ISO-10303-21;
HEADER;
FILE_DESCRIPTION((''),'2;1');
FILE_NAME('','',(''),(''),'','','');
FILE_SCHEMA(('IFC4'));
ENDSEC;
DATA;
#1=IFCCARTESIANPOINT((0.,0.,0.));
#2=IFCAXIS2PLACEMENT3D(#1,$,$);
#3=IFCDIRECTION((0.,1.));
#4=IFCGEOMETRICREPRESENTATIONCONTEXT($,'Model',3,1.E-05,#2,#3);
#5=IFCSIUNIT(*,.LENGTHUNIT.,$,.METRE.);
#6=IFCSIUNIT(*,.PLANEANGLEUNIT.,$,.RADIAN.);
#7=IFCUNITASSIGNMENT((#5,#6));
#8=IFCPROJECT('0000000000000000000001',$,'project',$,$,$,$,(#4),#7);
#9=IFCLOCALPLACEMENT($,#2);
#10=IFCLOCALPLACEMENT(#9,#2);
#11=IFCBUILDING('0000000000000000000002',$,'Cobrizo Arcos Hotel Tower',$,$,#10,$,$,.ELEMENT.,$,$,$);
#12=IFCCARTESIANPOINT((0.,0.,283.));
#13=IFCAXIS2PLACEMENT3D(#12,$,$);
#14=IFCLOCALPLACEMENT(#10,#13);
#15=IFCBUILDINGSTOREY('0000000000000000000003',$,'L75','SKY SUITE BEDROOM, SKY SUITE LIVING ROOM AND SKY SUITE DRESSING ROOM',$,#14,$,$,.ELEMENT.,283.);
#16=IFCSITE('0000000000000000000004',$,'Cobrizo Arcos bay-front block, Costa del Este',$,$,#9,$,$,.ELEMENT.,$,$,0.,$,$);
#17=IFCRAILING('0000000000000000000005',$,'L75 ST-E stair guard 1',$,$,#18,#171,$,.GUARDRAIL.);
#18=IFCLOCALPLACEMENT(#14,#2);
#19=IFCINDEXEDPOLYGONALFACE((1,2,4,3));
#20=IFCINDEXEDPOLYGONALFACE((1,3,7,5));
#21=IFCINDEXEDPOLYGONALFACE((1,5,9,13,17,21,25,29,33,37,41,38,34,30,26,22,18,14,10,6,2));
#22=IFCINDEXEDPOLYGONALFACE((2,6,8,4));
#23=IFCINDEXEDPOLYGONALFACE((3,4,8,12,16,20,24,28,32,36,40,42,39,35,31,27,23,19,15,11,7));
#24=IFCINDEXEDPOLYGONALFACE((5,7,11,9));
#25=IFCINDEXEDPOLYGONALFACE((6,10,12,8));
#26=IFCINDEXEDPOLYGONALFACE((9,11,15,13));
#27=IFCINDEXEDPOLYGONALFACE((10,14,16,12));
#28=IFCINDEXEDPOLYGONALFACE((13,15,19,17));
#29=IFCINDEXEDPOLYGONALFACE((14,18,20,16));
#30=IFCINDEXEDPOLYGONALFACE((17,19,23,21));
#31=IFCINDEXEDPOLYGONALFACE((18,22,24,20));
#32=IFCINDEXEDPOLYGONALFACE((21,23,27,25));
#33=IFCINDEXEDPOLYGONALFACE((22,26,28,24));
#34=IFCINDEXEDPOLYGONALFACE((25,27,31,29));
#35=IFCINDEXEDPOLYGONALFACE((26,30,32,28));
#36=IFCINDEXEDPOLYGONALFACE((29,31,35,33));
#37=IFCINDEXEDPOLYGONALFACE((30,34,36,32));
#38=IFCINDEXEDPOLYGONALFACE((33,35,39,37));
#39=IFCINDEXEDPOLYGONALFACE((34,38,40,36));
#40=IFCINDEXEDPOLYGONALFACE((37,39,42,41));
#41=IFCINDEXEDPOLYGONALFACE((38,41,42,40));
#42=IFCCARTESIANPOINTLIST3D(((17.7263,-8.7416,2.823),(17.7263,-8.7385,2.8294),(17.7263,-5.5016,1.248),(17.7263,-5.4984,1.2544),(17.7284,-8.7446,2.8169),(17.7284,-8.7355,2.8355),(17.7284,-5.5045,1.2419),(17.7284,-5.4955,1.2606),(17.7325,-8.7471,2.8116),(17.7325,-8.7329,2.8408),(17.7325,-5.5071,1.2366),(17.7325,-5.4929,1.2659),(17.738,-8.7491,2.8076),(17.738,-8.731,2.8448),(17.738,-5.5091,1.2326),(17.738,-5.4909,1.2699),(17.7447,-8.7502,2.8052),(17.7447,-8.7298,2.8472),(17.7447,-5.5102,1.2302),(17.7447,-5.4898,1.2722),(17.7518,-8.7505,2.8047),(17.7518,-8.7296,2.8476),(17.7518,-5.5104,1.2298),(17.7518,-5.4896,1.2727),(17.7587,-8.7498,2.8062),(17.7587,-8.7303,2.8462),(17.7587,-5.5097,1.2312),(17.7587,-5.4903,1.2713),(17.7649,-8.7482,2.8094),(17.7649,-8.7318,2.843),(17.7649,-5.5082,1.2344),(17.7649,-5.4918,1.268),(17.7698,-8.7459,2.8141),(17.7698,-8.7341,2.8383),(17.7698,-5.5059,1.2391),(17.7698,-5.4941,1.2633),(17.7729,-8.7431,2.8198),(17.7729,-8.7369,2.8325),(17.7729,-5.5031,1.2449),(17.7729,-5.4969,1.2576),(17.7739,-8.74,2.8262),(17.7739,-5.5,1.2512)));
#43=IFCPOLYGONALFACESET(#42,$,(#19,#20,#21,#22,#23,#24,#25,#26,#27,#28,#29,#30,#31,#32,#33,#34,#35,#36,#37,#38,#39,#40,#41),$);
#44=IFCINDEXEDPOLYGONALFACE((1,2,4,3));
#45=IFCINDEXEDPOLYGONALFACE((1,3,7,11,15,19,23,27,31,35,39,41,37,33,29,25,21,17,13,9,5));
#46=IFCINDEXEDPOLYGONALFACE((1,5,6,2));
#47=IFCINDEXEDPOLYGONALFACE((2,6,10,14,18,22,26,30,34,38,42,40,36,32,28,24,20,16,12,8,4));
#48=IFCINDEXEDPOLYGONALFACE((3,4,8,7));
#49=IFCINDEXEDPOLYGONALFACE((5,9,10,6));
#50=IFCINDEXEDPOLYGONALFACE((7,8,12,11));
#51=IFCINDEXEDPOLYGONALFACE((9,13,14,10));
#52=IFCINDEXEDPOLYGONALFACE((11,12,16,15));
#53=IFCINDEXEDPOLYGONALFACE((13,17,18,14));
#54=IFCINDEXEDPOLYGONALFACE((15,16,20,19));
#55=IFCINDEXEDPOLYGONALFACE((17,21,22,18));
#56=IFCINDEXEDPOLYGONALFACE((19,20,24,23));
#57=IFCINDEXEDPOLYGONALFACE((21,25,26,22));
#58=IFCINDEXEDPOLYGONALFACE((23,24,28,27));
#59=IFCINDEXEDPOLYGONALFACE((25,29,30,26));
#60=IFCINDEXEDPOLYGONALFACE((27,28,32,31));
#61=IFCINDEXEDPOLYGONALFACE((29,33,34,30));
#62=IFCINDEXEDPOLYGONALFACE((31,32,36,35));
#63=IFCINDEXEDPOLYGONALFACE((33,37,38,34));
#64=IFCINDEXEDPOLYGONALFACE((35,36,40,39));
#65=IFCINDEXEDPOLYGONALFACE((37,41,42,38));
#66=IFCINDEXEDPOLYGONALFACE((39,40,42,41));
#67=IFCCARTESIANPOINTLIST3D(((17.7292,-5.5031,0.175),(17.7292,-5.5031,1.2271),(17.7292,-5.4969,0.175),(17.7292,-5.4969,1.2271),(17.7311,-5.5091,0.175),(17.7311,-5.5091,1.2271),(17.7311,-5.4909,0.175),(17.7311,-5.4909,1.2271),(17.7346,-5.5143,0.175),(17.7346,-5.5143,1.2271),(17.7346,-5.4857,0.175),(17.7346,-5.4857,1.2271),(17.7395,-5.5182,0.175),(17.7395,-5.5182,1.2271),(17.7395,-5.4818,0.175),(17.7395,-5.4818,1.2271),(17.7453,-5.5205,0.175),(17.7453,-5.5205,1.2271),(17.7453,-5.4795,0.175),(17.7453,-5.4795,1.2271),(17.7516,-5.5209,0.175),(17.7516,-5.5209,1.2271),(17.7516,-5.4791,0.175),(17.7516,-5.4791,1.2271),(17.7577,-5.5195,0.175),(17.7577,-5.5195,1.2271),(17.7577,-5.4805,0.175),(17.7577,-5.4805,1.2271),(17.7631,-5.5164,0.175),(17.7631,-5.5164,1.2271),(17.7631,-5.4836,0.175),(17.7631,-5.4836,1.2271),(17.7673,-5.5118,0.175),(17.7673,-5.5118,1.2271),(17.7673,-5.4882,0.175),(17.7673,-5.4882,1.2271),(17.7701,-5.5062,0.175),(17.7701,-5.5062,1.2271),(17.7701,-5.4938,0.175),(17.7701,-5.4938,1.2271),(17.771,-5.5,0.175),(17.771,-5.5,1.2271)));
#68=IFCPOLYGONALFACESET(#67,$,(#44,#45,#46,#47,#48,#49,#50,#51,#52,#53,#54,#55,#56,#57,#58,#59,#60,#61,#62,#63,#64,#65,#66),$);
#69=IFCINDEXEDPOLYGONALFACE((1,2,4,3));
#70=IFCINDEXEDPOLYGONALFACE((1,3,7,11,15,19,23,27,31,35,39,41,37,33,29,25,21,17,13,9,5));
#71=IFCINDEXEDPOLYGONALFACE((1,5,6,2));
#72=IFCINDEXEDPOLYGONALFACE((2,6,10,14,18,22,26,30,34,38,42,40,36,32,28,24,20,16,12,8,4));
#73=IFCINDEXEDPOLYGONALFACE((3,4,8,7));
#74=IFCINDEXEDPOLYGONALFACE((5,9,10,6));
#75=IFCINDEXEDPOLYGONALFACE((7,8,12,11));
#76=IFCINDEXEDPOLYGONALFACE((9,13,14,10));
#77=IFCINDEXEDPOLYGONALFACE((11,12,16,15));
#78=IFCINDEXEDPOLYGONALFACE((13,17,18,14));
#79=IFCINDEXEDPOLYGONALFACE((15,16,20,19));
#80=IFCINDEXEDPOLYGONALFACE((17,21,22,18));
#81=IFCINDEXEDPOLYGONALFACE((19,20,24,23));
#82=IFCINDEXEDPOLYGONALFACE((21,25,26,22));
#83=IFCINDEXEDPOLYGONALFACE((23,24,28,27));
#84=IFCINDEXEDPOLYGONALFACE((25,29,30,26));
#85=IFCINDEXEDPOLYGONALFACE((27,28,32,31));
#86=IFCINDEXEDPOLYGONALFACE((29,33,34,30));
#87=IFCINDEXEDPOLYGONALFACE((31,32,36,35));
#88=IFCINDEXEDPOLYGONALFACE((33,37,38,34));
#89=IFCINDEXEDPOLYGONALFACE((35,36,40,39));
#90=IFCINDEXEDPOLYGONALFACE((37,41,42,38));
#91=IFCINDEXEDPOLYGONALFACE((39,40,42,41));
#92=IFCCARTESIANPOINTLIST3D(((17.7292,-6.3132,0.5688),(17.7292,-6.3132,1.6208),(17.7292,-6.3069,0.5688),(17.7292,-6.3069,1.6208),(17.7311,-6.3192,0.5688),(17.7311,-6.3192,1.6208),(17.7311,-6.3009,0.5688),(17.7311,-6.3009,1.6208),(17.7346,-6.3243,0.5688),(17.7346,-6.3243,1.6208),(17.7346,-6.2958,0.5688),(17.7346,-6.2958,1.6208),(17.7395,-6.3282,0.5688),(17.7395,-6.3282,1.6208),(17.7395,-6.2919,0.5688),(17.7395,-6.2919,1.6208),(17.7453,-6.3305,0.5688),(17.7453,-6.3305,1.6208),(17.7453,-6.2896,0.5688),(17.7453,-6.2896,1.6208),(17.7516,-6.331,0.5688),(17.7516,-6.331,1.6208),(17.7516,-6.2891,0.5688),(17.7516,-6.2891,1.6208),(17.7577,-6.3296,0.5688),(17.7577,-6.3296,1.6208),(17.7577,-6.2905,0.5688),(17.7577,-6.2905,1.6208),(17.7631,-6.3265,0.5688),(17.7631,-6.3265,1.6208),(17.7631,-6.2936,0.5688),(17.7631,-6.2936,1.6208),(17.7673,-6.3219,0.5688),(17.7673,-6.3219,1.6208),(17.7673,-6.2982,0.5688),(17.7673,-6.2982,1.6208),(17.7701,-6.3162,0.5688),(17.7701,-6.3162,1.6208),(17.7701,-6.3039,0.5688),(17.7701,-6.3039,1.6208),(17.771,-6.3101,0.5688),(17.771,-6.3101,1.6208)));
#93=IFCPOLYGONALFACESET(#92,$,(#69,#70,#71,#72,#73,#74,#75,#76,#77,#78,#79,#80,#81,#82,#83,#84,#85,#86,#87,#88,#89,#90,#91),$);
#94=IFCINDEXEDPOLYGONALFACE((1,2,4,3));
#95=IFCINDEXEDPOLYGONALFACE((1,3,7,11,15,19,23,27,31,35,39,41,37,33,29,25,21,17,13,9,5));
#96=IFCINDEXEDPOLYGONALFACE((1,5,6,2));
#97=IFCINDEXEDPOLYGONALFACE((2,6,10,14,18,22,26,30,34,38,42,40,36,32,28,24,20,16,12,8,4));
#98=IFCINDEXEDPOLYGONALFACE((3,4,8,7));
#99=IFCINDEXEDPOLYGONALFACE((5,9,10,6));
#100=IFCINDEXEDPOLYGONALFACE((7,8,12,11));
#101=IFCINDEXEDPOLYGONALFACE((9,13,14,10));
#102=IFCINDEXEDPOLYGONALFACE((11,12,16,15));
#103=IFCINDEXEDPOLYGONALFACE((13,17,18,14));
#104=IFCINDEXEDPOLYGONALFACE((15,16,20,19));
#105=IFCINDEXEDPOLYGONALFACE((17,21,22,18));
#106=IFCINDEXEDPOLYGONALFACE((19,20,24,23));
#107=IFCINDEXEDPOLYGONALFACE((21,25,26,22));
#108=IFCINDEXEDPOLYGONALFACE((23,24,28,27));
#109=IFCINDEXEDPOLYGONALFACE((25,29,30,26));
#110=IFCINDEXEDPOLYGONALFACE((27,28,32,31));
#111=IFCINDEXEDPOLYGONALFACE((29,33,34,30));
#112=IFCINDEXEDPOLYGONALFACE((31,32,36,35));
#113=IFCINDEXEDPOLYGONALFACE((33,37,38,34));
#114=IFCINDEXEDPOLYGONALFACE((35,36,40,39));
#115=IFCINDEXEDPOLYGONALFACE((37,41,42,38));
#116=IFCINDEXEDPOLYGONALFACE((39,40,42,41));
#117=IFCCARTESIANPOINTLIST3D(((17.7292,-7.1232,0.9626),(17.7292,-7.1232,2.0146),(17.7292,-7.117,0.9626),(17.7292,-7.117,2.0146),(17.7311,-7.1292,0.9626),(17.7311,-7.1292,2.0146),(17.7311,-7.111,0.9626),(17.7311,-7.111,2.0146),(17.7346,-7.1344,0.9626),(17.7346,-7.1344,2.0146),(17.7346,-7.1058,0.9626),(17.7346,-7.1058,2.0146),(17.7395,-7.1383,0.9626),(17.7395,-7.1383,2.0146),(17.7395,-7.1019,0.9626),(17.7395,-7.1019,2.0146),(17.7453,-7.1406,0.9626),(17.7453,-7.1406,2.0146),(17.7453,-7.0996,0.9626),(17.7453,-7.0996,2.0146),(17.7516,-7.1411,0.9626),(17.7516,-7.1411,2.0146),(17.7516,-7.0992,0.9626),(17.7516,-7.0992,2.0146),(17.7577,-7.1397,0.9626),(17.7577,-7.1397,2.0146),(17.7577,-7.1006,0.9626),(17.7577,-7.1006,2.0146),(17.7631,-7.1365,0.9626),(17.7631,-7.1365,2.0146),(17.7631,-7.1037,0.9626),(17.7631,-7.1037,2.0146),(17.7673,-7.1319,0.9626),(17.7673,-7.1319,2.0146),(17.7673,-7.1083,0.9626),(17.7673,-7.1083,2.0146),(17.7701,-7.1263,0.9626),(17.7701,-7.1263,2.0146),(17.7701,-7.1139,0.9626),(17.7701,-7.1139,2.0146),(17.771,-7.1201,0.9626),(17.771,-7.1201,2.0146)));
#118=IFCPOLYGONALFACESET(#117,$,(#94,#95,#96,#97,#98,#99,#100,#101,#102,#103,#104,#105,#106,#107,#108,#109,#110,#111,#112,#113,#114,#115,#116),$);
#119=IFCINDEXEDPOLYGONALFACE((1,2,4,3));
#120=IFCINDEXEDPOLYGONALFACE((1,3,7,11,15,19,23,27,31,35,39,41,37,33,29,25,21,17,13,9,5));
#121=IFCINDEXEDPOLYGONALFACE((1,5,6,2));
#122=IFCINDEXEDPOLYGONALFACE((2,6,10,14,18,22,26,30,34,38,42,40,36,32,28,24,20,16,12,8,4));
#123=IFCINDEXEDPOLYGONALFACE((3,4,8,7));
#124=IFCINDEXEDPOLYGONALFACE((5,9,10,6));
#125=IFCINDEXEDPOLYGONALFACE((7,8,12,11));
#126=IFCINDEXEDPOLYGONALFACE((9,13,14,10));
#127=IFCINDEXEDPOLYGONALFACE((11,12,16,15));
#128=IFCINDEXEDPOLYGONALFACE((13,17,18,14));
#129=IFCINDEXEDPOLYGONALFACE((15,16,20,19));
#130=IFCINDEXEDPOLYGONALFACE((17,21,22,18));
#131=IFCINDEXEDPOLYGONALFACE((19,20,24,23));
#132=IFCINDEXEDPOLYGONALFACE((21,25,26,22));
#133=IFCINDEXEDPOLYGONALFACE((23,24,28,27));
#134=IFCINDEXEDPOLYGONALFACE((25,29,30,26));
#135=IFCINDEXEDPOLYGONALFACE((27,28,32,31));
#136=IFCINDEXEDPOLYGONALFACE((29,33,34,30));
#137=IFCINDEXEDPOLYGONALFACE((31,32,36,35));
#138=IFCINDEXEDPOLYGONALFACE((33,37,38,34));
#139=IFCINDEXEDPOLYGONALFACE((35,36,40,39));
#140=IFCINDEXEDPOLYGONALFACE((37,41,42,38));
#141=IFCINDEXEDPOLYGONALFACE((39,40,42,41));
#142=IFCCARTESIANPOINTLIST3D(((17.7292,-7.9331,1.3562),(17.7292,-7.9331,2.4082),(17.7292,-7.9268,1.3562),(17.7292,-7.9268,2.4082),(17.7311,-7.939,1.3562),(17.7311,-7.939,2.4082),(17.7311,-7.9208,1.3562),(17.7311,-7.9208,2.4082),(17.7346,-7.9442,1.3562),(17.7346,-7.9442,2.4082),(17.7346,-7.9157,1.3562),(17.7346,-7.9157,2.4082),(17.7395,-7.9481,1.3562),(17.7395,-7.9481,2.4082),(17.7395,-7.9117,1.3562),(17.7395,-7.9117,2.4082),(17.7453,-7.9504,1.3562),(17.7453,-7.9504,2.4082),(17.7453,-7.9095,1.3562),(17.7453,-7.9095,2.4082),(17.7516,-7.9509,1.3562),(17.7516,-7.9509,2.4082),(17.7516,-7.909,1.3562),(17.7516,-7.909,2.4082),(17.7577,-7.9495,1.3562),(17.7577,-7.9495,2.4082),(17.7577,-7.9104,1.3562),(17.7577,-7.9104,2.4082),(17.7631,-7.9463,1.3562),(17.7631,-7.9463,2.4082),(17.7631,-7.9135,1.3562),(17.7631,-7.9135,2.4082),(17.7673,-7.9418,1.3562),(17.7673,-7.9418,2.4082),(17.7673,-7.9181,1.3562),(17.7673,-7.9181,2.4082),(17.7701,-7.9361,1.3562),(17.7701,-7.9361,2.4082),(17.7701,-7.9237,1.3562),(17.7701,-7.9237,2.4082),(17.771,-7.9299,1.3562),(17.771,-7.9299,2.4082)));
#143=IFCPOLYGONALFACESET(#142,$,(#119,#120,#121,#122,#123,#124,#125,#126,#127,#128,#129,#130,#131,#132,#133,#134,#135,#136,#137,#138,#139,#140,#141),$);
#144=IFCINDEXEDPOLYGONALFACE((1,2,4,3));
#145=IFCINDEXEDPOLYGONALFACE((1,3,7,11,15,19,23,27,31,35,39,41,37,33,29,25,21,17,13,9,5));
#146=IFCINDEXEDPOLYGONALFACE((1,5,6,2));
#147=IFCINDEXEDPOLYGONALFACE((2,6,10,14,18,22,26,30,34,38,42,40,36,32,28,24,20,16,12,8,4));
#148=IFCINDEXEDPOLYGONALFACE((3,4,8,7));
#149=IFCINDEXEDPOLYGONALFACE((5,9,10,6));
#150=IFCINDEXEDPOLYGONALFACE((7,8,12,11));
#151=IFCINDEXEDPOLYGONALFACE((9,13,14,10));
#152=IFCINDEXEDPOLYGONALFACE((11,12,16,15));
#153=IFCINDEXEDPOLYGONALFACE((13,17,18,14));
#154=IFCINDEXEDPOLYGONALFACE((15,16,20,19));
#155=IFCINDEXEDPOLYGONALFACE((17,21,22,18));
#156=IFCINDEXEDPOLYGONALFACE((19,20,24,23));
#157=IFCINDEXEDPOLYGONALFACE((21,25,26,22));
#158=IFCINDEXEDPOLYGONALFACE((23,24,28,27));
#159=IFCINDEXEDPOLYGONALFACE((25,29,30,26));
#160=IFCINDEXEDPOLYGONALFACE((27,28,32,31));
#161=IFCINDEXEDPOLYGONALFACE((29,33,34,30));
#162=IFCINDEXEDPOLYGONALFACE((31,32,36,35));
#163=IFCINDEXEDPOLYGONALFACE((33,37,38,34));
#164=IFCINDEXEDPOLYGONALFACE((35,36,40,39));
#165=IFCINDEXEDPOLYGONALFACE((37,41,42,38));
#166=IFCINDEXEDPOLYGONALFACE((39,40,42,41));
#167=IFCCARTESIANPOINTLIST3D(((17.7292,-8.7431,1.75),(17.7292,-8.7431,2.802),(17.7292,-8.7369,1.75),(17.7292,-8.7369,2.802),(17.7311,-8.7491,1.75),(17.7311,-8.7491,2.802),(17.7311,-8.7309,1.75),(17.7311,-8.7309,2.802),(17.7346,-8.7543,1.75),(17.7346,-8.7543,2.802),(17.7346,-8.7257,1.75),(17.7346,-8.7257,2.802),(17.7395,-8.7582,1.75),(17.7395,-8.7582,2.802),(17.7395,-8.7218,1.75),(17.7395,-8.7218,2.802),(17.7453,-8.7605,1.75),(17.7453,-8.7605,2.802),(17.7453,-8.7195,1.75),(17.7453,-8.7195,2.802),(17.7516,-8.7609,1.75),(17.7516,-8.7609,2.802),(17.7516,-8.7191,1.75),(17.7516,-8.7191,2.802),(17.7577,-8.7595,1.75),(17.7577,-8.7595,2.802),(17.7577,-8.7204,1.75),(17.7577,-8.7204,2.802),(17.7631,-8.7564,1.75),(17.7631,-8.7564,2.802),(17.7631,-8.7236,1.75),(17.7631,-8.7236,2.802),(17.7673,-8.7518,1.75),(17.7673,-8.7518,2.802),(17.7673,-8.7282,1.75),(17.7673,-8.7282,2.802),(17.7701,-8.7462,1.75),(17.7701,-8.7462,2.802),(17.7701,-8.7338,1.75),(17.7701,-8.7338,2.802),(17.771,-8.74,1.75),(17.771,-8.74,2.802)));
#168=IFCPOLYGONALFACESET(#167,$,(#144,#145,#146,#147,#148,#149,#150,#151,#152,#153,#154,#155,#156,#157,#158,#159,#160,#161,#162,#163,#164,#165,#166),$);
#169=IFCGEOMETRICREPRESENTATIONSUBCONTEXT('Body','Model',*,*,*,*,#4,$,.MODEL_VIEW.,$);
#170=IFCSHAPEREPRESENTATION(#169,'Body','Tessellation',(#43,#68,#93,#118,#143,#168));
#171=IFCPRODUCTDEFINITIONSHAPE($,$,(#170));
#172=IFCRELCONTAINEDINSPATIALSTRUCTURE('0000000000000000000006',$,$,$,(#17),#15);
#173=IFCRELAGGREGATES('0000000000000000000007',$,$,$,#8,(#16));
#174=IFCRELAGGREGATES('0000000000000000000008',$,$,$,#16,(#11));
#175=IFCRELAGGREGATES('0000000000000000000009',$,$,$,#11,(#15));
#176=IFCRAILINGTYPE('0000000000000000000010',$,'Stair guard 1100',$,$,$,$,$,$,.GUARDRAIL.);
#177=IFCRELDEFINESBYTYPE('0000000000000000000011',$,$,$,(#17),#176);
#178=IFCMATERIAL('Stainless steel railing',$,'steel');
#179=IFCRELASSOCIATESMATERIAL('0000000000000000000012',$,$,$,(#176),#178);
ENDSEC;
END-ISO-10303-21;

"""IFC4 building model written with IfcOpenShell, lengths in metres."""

from ifc_helpers import new_model, si_unit, direction, frame, origin, origin_2d, place, context, subcontext, project, spatial, circle, extrude, material, type_object, element, save


model = new_model("IFC4")

# Units and contexts
model_context = context("Model", 3, precision=1e-05, world=origin(), true_north=direction((0.0, 1.0)))
body_context = subcontext(model_context, "Body", "Model", "MODEL_VIEW")
ifc_project = project(units=[si_unit("LENGTHUNIT", "METRE"), si_unit("PLANEANGLEUNIT", "RADIAN")], contexts=[model_context])

# Site, building, storey
site_placement = place(None, origin())
site = spatial("IfcSite", under=ifc_project, at=site_placement, Name="Cobrizo Arcos bay-front block, Costa del Este", CompositionType="ELEMENT", RefElevation=0.0)
building_placement = place(site_placement, origin())
building = spatial("IfcBuilding", under=site, at=building_placement, Name="Cobrizo Arcos Hotel Tower", CompositionType="ELEMENT")
storey_placement = place(building_placement, frame((0.0, 0.0, 283.0)))
storey = spatial("IfcBuildingStorey", under=building, at=storey_placement, Name="L75", Description="SKY SUITE BEDROOM, SKY SUITE LIVING ROOM AND SKY SUITE DRESSING ROOM", CompositionType="ELEMENT", Elevation=283.0)

# Railing
ifc_material_1 = material(Name="Stainless steel railing", Category="steel")
railing_type_1 = type_object("IfcRailingType", Name="Stair guard 1100", PredefinedType="GUARDRAIL", material=ifc_material_1)
railing_1_placement = place(storey_placement, frame((17.75, -5.5, 0.175)))
element("IfcRailing", 1, at=railing_1_placement, inside=storey, type_object=railing_type_1, Name="L75 ST-E stair guard 1", PredefinedType="GUARDRAIL", context=body_context, shape_type="SweptSolid", body=[
    extrude(circle(Radius=0.0239, at=origin_2d()), frame((0.0, 0.0, 1.0762), z_axis=(0.0, -0.899373, 0.437183), x_axis=(1.0, 0.0, 0.0)), (0.0, 0.0, 1.0), 3.6025),
    extrude(circle(Radius=0.021, at=origin_2d()), origin(), (0.0, 0.0, 1.0), 1.052),
    extrude(circle(Radius=0.021, at=origin_2d()), frame((0.0, -0.8101, 0.3938)), (0.0, 0.0, 1.0), 1.052),
    extrude(circle(Radius=0.021, at=origin_2d()), frame((0.0, -1.6201, 0.7876)), (0.0, 0.0, 1.0), 1.052),
    extrude(circle(Radius=0.021, at=origin_2d()), frame((0.0, -2.4299, 1.1812)), (0.0, 0.0, 1.0), 1.052),
    extrude(circle(Radius=0.021, at=origin_2d()), frame((0.0, -3.24, 1.575)), (0.0, 0.0, 1.0), 1.052),
])

save(model, "model.ifc")
